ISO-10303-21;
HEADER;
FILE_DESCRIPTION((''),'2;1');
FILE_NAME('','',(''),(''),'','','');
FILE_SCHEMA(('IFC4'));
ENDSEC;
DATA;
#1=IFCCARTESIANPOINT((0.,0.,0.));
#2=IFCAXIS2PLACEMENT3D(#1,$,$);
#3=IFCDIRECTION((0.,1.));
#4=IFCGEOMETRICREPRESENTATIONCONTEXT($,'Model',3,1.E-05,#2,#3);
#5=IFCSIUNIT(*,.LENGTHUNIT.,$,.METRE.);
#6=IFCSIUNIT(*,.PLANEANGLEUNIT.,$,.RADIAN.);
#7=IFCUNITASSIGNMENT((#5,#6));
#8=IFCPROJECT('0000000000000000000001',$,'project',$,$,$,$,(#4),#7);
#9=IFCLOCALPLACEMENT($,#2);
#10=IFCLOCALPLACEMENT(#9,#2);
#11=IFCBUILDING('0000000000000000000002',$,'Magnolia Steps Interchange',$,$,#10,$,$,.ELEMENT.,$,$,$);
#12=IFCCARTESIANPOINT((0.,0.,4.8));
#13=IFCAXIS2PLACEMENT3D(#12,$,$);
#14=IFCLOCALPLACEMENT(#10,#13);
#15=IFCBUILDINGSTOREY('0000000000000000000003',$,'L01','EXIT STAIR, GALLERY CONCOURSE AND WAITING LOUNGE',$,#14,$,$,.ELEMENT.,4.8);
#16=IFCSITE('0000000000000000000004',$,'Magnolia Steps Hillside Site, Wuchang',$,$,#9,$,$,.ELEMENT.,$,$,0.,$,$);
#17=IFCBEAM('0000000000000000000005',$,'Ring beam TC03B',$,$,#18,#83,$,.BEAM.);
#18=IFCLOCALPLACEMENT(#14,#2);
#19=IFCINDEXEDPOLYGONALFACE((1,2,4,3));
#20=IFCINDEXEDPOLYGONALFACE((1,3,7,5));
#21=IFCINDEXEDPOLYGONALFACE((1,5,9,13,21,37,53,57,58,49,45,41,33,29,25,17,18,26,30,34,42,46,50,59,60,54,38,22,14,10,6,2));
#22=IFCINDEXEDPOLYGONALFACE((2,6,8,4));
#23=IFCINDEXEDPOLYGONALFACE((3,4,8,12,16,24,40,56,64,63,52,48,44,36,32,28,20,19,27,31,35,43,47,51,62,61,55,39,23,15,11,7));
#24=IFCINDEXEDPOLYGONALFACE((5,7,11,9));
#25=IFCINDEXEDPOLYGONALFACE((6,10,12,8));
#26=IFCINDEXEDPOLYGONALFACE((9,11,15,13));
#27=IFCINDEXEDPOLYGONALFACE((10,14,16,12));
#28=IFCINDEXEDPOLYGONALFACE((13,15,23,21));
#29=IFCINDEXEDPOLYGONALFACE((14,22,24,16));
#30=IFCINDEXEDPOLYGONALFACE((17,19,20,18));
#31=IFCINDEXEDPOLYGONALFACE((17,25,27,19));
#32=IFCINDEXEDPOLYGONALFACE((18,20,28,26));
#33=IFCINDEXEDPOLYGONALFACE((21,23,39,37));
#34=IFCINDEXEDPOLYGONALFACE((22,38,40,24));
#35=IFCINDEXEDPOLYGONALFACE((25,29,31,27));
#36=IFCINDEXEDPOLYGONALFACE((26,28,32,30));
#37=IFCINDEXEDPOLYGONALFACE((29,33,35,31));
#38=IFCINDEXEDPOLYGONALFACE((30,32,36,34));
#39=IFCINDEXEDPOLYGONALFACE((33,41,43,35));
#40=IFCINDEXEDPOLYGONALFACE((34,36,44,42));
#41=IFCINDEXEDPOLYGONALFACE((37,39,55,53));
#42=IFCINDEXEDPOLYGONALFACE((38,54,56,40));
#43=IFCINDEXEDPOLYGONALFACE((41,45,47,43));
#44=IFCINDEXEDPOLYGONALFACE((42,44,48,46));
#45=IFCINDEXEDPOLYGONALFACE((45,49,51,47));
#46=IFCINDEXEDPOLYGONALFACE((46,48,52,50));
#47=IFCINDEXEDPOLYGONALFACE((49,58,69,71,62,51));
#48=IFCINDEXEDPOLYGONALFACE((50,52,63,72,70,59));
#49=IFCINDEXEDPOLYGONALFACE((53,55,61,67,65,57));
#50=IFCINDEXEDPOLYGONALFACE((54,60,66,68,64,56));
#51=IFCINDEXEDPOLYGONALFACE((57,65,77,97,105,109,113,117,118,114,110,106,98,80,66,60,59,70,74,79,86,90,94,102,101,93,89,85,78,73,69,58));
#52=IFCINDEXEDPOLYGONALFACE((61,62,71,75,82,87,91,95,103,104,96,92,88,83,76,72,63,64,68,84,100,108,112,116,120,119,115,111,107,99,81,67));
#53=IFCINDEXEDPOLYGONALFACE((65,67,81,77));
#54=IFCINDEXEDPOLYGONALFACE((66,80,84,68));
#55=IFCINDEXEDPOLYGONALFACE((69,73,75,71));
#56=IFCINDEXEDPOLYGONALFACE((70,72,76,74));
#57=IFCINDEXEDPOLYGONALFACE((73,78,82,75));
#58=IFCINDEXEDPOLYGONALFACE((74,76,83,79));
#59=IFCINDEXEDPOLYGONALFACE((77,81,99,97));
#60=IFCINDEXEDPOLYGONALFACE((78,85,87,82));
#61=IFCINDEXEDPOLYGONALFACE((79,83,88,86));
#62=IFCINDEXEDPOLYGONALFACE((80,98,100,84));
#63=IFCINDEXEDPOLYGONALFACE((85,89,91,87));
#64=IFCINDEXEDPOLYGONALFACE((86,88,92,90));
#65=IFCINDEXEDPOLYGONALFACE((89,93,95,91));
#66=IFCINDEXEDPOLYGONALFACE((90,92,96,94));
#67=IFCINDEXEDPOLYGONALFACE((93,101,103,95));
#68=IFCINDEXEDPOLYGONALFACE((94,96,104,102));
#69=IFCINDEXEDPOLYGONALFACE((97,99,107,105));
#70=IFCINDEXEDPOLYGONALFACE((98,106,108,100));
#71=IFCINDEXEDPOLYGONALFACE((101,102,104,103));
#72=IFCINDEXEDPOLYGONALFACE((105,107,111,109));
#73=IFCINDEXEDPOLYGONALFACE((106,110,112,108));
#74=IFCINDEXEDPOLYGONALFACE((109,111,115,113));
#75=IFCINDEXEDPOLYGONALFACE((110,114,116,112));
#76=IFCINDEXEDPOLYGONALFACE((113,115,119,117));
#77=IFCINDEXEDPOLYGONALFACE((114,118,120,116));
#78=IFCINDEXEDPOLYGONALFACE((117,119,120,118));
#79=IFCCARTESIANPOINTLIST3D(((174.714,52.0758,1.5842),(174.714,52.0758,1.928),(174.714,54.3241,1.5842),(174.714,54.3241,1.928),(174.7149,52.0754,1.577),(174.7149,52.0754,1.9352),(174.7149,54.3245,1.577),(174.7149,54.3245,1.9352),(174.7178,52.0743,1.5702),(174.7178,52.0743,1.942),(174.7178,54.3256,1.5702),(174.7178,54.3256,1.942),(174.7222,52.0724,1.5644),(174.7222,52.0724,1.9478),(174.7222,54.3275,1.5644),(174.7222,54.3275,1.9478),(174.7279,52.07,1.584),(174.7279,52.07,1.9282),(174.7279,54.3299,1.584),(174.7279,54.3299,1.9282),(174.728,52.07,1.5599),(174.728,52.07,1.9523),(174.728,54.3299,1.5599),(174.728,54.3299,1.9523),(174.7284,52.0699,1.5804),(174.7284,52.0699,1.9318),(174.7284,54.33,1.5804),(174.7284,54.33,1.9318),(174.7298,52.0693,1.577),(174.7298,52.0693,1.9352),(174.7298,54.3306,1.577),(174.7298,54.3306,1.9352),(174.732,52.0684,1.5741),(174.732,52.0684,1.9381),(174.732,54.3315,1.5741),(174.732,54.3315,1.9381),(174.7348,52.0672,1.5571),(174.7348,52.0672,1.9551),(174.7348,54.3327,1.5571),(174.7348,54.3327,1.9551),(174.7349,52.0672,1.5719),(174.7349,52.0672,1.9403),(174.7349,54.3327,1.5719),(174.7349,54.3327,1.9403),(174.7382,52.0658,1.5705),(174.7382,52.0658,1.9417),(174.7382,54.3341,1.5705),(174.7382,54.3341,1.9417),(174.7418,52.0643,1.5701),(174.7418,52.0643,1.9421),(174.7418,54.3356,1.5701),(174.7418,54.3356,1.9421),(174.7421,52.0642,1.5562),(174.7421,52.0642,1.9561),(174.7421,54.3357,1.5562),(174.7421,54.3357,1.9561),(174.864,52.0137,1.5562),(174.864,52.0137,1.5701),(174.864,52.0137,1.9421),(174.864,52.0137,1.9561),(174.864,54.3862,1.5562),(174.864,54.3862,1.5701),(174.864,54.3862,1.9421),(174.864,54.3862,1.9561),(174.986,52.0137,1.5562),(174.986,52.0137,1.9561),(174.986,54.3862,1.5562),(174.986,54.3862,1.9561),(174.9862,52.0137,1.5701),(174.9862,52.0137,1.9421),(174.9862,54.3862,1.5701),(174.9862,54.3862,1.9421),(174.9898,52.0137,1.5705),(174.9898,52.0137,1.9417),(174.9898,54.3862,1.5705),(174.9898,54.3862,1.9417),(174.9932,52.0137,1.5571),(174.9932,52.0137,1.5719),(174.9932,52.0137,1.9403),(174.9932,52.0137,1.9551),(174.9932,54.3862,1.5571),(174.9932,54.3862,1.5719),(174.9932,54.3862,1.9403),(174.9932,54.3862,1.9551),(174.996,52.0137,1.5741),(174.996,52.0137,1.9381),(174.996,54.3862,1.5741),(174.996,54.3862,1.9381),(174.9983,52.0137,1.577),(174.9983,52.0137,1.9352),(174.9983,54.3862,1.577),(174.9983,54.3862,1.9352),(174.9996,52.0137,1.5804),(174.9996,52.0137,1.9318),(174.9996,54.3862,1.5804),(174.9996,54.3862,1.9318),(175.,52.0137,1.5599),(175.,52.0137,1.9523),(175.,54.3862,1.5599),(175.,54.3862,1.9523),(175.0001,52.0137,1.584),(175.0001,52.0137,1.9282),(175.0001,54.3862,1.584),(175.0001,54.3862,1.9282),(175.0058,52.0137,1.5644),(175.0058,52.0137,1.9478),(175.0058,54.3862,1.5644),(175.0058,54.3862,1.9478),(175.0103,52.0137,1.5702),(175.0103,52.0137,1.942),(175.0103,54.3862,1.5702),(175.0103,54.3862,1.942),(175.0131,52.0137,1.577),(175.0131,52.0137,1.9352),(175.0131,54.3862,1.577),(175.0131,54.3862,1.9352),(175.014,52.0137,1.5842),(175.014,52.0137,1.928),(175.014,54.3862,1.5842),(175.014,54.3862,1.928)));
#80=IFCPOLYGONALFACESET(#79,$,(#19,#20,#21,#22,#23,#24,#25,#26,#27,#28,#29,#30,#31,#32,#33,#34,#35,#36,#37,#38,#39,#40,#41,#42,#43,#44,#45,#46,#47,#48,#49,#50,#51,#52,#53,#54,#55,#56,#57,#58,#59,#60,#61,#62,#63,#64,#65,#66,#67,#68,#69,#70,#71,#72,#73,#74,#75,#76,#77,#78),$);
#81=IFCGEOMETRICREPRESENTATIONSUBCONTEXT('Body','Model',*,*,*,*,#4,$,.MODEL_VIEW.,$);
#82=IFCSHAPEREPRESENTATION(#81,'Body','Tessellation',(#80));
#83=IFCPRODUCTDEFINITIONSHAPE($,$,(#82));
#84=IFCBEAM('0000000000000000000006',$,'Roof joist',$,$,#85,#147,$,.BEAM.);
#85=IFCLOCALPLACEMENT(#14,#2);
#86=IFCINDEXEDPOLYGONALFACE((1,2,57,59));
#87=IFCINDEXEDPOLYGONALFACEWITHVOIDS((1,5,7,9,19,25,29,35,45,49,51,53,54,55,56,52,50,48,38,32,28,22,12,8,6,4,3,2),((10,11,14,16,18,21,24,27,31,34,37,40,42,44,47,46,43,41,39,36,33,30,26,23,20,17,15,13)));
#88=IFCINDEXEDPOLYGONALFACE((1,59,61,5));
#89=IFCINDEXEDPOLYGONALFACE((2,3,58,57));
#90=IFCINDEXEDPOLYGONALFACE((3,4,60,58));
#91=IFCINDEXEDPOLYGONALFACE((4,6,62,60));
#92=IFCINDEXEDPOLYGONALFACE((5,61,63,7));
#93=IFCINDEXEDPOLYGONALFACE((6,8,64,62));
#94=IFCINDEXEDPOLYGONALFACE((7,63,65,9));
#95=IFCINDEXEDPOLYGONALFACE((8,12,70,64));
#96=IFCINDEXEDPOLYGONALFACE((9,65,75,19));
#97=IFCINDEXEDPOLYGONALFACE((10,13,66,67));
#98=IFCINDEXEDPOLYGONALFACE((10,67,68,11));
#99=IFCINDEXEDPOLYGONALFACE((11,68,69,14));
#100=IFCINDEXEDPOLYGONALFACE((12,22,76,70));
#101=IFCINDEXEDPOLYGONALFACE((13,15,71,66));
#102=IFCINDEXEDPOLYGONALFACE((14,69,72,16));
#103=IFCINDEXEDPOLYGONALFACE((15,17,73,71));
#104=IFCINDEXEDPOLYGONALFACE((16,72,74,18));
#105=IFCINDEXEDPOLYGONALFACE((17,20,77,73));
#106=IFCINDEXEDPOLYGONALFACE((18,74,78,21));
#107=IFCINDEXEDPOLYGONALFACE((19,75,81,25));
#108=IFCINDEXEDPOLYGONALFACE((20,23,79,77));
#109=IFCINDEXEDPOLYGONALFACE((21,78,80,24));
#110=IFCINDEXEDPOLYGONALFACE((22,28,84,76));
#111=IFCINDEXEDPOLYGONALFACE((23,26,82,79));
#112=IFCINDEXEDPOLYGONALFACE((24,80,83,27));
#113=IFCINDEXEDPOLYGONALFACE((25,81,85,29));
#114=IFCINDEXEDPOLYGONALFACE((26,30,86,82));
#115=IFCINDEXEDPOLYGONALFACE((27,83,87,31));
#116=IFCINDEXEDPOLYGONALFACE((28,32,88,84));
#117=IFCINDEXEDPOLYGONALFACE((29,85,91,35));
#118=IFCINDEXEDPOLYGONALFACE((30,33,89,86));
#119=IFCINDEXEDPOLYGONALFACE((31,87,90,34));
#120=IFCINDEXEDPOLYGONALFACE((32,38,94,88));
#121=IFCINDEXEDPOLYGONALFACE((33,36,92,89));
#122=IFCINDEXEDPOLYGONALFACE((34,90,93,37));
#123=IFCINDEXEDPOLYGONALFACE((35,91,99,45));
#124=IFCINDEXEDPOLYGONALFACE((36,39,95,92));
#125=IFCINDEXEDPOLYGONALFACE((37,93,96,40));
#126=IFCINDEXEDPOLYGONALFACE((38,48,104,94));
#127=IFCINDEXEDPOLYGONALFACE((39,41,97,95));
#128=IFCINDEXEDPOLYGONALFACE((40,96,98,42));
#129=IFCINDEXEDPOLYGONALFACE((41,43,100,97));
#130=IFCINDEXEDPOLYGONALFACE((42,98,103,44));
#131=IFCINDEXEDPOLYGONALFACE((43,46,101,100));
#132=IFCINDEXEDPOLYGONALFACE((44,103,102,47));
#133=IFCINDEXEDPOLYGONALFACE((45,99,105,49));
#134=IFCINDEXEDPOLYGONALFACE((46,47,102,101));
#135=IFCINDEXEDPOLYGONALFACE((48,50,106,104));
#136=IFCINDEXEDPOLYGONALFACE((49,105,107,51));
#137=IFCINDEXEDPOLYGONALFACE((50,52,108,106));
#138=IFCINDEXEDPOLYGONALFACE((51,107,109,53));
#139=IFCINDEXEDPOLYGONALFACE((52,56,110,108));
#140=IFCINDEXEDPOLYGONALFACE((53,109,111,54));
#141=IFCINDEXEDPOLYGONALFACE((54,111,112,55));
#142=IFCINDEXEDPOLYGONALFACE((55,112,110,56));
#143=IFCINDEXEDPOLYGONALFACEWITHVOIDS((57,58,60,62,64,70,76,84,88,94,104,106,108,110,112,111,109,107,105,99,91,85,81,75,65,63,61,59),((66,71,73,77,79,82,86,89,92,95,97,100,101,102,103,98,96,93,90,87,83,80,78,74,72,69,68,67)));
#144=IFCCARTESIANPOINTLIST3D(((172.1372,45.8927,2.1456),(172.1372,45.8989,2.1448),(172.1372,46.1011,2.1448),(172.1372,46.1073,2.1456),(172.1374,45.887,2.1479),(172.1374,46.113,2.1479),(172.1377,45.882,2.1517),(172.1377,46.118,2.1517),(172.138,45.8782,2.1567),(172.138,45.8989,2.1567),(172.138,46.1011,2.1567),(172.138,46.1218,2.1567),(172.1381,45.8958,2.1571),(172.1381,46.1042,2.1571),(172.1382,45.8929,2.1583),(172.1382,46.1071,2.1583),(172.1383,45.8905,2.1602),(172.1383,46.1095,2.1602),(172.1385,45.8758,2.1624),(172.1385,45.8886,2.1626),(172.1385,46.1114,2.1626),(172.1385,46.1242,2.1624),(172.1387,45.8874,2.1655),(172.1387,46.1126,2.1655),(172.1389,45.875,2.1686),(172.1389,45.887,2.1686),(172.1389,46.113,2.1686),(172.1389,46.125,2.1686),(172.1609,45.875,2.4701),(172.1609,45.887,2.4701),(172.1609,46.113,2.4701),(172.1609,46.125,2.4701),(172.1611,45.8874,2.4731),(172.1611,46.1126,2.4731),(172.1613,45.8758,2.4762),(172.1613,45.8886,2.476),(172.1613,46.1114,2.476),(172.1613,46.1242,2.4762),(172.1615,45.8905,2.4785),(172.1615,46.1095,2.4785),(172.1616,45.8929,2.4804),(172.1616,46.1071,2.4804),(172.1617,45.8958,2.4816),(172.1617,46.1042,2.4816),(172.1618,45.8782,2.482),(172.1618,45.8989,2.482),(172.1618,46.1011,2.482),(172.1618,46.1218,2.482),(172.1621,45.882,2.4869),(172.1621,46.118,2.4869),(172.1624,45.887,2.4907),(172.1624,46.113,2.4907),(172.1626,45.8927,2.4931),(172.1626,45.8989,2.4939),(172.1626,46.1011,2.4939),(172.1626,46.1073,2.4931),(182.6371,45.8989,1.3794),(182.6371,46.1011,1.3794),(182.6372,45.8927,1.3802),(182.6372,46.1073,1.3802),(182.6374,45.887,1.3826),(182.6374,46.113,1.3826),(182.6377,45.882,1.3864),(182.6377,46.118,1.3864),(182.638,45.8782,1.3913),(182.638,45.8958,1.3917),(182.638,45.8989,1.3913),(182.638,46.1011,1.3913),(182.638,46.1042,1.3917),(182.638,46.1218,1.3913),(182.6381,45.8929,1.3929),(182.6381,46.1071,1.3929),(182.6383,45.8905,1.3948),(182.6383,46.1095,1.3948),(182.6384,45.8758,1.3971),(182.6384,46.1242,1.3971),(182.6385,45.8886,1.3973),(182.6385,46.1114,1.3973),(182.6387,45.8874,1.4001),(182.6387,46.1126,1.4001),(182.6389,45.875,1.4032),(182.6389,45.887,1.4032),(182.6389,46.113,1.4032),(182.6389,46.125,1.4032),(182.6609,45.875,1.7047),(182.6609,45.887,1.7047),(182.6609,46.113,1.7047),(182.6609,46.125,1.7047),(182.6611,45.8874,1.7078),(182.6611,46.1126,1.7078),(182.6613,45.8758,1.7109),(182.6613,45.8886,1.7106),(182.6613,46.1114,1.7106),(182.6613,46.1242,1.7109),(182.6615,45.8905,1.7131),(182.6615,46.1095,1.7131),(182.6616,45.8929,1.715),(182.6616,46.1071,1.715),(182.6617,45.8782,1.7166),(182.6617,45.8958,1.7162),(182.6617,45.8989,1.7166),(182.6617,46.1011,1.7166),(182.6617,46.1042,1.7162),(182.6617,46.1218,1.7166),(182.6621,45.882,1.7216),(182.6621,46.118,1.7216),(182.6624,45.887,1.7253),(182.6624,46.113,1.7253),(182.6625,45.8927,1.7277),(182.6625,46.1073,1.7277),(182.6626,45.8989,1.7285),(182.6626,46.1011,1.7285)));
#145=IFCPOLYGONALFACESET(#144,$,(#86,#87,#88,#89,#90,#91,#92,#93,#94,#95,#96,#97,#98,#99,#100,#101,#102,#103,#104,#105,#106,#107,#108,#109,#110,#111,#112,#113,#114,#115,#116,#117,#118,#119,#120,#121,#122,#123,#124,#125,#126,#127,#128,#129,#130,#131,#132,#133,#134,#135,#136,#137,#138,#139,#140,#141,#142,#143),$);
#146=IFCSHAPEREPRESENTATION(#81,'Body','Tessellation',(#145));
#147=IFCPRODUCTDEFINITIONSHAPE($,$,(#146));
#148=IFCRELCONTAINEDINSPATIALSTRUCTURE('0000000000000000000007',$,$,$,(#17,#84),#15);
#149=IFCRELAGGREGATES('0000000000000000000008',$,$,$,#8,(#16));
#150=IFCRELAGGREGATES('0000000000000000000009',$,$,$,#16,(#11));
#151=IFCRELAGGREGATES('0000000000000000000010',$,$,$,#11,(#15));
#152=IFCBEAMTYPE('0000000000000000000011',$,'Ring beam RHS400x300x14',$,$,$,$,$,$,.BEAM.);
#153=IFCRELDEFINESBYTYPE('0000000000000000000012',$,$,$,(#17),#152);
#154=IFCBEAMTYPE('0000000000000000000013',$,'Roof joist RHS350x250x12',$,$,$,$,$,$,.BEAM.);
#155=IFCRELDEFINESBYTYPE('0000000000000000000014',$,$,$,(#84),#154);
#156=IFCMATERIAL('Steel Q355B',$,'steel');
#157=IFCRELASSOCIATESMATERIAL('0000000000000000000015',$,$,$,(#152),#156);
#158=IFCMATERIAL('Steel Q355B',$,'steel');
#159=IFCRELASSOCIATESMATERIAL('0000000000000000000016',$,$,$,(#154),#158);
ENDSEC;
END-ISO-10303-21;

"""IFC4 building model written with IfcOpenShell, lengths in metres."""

from ifc_helpers import new_model, si_unit, direction, frame, origin, origin_2d, place, context, subcontext, project, spatial, hollow_rectangle, extrude, clip, halfspace, material, material_profile, profile_set, type_object, element, save


model = new_model("IFC4")

# Units and contexts
model_context = context("Model", 3, precision=1e-05, world=origin(), true_north=direction((0.0, 1.0)))
body_context = subcontext(model_context, "Body", "Model", "MODEL_VIEW")
ifc_project = project(units=[si_unit("LENGTHUNIT", "METRE"), si_unit("PLANEANGLEUNIT", "RADIAN")], contexts=[model_context])

# Site, building, storey
site_placement = place(None, origin())
site = spatial("IfcSite", under=ifc_project, at=site_placement, Name="Magnolia Steps Hillside Site, Wuchang", CompositionType="ELEMENT", RefElevation=0.0)
building_placement = place(site_placement, origin())
building = spatial("IfcBuilding", under=site, at=building_placement, Name="Magnolia Steps Interchange", CompositionType="ELEMENT")
storey_placement = place(building_placement, frame((0.0, 0.0, 4.8)))
storey = spatial("IfcBuildingStorey", under=building, at=storey_placement, Name="L01", Description="EXIT STAIR, GALLERY CONCOURSE AND WAITING LOUNGE", CompositionType="ELEMENT", Elevation=4.8)

# Beams
ifc_material_1 = material(Name="Steel Q355B", Category="steel")
ifc_material_profile_1 = material_profile(ifc_material_1, hollow_rectangle(XDim=0.3, YDim=0.3999, WallThickness=0.0139, InnerFilletRadius=0.0139, OuterFilletRadius=0.0281, at=origin_2d()), Name="RHS400x300x14")
ifc_profile_set_1 = profile_set([ifc_material_profile_1], Name="Steel Q355B")
beam_type_1 = type_object("IfcBeamType", Name="Ring beam RHS400x300x14", PredefinedType="BEAM", material=ifc_profile_set_1)
beam_1_placement = place(storey_placement, frame((174.864, 52.0137, 1.7561), z_axis=(0.0, 1.0, 0.0), x_axis=(-1.0, 0.0, 0.0)))
element("IfcBeam", 1, at=beam_1_placement, inside=storey, type_object=beam_type_1, Name="Ring beam TC03B", PredefinedType="BEAM", context=body_context, shape_type="Clipping", body=[
    clip(clip(extrude(hollow_rectangle(XDim=0.3, YDim=0.3999, WallThickness=0.0139, InnerFilletRadius=0.0139, OuterFilletRadius=0.0281, at=origin_2d()), origin(), (0.0, 0.0, 1.0), 2.3726), halfspace(frame((0.0, 0.0, 0.0), z_axis=(0.382683, 0.0, -0.92388), x_axis=(0.92388, 0.0, 0.382683)), False)), halfspace(frame((0.0, 0.0, 2.3726), z_axis=(0.382683, 0.0, 0.92388), x_axis=(0.92388, 0.0, -0.382683)), False)),
])
ifc_material_2 = material(Name="Steel Q355B", Category="steel")
ifc_material_profile_2 = material_profile(ifc_material_2, hollow_rectangle(XDim=0.25, YDim=0.3501, WallThickness=0.012, InnerFilletRadius=0.012, OuterFilletRadius=0.0239, at=origin_2d()), Name="RHS350x250x12")
ifc_profile_set_2 = profile_set([ifc_material_profile_2], Name="Steel Q355B")
beam_type_2 = type_object("IfcBeamType", Name="Roof joist RHS350x250x12", PredefinedType="BEAM", material=ifc_profile_set_2)
for number, where, z_axis, x_axis, name in (
    (2, (172.1499, 46.0, 2.3193), (0.997354, 0.0, -0.072701), (0.0, 1.0, 0.0), "Roof joist"),
):
    element("IfcBeam", number, at=place(storey_placement, frame(where, z_axis=z_axis, x_axis=x_axis)), inside=storey, type_object=beam_type_2, Name=name, PredefinedType="BEAM", context=body_context, shape_type="SweptSolid", body=[
        extrude(hollow_rectangle(XDim=0.25, YDim=0.3501, WallThickness=0.012, InnerFilletRadius=0.012, OuterFilletRadius=0.0239, at=origin_2d()), origin(), (0.0, 0.0, 1.0), 10.5278),
    ])

save(model, "model.ifc")
